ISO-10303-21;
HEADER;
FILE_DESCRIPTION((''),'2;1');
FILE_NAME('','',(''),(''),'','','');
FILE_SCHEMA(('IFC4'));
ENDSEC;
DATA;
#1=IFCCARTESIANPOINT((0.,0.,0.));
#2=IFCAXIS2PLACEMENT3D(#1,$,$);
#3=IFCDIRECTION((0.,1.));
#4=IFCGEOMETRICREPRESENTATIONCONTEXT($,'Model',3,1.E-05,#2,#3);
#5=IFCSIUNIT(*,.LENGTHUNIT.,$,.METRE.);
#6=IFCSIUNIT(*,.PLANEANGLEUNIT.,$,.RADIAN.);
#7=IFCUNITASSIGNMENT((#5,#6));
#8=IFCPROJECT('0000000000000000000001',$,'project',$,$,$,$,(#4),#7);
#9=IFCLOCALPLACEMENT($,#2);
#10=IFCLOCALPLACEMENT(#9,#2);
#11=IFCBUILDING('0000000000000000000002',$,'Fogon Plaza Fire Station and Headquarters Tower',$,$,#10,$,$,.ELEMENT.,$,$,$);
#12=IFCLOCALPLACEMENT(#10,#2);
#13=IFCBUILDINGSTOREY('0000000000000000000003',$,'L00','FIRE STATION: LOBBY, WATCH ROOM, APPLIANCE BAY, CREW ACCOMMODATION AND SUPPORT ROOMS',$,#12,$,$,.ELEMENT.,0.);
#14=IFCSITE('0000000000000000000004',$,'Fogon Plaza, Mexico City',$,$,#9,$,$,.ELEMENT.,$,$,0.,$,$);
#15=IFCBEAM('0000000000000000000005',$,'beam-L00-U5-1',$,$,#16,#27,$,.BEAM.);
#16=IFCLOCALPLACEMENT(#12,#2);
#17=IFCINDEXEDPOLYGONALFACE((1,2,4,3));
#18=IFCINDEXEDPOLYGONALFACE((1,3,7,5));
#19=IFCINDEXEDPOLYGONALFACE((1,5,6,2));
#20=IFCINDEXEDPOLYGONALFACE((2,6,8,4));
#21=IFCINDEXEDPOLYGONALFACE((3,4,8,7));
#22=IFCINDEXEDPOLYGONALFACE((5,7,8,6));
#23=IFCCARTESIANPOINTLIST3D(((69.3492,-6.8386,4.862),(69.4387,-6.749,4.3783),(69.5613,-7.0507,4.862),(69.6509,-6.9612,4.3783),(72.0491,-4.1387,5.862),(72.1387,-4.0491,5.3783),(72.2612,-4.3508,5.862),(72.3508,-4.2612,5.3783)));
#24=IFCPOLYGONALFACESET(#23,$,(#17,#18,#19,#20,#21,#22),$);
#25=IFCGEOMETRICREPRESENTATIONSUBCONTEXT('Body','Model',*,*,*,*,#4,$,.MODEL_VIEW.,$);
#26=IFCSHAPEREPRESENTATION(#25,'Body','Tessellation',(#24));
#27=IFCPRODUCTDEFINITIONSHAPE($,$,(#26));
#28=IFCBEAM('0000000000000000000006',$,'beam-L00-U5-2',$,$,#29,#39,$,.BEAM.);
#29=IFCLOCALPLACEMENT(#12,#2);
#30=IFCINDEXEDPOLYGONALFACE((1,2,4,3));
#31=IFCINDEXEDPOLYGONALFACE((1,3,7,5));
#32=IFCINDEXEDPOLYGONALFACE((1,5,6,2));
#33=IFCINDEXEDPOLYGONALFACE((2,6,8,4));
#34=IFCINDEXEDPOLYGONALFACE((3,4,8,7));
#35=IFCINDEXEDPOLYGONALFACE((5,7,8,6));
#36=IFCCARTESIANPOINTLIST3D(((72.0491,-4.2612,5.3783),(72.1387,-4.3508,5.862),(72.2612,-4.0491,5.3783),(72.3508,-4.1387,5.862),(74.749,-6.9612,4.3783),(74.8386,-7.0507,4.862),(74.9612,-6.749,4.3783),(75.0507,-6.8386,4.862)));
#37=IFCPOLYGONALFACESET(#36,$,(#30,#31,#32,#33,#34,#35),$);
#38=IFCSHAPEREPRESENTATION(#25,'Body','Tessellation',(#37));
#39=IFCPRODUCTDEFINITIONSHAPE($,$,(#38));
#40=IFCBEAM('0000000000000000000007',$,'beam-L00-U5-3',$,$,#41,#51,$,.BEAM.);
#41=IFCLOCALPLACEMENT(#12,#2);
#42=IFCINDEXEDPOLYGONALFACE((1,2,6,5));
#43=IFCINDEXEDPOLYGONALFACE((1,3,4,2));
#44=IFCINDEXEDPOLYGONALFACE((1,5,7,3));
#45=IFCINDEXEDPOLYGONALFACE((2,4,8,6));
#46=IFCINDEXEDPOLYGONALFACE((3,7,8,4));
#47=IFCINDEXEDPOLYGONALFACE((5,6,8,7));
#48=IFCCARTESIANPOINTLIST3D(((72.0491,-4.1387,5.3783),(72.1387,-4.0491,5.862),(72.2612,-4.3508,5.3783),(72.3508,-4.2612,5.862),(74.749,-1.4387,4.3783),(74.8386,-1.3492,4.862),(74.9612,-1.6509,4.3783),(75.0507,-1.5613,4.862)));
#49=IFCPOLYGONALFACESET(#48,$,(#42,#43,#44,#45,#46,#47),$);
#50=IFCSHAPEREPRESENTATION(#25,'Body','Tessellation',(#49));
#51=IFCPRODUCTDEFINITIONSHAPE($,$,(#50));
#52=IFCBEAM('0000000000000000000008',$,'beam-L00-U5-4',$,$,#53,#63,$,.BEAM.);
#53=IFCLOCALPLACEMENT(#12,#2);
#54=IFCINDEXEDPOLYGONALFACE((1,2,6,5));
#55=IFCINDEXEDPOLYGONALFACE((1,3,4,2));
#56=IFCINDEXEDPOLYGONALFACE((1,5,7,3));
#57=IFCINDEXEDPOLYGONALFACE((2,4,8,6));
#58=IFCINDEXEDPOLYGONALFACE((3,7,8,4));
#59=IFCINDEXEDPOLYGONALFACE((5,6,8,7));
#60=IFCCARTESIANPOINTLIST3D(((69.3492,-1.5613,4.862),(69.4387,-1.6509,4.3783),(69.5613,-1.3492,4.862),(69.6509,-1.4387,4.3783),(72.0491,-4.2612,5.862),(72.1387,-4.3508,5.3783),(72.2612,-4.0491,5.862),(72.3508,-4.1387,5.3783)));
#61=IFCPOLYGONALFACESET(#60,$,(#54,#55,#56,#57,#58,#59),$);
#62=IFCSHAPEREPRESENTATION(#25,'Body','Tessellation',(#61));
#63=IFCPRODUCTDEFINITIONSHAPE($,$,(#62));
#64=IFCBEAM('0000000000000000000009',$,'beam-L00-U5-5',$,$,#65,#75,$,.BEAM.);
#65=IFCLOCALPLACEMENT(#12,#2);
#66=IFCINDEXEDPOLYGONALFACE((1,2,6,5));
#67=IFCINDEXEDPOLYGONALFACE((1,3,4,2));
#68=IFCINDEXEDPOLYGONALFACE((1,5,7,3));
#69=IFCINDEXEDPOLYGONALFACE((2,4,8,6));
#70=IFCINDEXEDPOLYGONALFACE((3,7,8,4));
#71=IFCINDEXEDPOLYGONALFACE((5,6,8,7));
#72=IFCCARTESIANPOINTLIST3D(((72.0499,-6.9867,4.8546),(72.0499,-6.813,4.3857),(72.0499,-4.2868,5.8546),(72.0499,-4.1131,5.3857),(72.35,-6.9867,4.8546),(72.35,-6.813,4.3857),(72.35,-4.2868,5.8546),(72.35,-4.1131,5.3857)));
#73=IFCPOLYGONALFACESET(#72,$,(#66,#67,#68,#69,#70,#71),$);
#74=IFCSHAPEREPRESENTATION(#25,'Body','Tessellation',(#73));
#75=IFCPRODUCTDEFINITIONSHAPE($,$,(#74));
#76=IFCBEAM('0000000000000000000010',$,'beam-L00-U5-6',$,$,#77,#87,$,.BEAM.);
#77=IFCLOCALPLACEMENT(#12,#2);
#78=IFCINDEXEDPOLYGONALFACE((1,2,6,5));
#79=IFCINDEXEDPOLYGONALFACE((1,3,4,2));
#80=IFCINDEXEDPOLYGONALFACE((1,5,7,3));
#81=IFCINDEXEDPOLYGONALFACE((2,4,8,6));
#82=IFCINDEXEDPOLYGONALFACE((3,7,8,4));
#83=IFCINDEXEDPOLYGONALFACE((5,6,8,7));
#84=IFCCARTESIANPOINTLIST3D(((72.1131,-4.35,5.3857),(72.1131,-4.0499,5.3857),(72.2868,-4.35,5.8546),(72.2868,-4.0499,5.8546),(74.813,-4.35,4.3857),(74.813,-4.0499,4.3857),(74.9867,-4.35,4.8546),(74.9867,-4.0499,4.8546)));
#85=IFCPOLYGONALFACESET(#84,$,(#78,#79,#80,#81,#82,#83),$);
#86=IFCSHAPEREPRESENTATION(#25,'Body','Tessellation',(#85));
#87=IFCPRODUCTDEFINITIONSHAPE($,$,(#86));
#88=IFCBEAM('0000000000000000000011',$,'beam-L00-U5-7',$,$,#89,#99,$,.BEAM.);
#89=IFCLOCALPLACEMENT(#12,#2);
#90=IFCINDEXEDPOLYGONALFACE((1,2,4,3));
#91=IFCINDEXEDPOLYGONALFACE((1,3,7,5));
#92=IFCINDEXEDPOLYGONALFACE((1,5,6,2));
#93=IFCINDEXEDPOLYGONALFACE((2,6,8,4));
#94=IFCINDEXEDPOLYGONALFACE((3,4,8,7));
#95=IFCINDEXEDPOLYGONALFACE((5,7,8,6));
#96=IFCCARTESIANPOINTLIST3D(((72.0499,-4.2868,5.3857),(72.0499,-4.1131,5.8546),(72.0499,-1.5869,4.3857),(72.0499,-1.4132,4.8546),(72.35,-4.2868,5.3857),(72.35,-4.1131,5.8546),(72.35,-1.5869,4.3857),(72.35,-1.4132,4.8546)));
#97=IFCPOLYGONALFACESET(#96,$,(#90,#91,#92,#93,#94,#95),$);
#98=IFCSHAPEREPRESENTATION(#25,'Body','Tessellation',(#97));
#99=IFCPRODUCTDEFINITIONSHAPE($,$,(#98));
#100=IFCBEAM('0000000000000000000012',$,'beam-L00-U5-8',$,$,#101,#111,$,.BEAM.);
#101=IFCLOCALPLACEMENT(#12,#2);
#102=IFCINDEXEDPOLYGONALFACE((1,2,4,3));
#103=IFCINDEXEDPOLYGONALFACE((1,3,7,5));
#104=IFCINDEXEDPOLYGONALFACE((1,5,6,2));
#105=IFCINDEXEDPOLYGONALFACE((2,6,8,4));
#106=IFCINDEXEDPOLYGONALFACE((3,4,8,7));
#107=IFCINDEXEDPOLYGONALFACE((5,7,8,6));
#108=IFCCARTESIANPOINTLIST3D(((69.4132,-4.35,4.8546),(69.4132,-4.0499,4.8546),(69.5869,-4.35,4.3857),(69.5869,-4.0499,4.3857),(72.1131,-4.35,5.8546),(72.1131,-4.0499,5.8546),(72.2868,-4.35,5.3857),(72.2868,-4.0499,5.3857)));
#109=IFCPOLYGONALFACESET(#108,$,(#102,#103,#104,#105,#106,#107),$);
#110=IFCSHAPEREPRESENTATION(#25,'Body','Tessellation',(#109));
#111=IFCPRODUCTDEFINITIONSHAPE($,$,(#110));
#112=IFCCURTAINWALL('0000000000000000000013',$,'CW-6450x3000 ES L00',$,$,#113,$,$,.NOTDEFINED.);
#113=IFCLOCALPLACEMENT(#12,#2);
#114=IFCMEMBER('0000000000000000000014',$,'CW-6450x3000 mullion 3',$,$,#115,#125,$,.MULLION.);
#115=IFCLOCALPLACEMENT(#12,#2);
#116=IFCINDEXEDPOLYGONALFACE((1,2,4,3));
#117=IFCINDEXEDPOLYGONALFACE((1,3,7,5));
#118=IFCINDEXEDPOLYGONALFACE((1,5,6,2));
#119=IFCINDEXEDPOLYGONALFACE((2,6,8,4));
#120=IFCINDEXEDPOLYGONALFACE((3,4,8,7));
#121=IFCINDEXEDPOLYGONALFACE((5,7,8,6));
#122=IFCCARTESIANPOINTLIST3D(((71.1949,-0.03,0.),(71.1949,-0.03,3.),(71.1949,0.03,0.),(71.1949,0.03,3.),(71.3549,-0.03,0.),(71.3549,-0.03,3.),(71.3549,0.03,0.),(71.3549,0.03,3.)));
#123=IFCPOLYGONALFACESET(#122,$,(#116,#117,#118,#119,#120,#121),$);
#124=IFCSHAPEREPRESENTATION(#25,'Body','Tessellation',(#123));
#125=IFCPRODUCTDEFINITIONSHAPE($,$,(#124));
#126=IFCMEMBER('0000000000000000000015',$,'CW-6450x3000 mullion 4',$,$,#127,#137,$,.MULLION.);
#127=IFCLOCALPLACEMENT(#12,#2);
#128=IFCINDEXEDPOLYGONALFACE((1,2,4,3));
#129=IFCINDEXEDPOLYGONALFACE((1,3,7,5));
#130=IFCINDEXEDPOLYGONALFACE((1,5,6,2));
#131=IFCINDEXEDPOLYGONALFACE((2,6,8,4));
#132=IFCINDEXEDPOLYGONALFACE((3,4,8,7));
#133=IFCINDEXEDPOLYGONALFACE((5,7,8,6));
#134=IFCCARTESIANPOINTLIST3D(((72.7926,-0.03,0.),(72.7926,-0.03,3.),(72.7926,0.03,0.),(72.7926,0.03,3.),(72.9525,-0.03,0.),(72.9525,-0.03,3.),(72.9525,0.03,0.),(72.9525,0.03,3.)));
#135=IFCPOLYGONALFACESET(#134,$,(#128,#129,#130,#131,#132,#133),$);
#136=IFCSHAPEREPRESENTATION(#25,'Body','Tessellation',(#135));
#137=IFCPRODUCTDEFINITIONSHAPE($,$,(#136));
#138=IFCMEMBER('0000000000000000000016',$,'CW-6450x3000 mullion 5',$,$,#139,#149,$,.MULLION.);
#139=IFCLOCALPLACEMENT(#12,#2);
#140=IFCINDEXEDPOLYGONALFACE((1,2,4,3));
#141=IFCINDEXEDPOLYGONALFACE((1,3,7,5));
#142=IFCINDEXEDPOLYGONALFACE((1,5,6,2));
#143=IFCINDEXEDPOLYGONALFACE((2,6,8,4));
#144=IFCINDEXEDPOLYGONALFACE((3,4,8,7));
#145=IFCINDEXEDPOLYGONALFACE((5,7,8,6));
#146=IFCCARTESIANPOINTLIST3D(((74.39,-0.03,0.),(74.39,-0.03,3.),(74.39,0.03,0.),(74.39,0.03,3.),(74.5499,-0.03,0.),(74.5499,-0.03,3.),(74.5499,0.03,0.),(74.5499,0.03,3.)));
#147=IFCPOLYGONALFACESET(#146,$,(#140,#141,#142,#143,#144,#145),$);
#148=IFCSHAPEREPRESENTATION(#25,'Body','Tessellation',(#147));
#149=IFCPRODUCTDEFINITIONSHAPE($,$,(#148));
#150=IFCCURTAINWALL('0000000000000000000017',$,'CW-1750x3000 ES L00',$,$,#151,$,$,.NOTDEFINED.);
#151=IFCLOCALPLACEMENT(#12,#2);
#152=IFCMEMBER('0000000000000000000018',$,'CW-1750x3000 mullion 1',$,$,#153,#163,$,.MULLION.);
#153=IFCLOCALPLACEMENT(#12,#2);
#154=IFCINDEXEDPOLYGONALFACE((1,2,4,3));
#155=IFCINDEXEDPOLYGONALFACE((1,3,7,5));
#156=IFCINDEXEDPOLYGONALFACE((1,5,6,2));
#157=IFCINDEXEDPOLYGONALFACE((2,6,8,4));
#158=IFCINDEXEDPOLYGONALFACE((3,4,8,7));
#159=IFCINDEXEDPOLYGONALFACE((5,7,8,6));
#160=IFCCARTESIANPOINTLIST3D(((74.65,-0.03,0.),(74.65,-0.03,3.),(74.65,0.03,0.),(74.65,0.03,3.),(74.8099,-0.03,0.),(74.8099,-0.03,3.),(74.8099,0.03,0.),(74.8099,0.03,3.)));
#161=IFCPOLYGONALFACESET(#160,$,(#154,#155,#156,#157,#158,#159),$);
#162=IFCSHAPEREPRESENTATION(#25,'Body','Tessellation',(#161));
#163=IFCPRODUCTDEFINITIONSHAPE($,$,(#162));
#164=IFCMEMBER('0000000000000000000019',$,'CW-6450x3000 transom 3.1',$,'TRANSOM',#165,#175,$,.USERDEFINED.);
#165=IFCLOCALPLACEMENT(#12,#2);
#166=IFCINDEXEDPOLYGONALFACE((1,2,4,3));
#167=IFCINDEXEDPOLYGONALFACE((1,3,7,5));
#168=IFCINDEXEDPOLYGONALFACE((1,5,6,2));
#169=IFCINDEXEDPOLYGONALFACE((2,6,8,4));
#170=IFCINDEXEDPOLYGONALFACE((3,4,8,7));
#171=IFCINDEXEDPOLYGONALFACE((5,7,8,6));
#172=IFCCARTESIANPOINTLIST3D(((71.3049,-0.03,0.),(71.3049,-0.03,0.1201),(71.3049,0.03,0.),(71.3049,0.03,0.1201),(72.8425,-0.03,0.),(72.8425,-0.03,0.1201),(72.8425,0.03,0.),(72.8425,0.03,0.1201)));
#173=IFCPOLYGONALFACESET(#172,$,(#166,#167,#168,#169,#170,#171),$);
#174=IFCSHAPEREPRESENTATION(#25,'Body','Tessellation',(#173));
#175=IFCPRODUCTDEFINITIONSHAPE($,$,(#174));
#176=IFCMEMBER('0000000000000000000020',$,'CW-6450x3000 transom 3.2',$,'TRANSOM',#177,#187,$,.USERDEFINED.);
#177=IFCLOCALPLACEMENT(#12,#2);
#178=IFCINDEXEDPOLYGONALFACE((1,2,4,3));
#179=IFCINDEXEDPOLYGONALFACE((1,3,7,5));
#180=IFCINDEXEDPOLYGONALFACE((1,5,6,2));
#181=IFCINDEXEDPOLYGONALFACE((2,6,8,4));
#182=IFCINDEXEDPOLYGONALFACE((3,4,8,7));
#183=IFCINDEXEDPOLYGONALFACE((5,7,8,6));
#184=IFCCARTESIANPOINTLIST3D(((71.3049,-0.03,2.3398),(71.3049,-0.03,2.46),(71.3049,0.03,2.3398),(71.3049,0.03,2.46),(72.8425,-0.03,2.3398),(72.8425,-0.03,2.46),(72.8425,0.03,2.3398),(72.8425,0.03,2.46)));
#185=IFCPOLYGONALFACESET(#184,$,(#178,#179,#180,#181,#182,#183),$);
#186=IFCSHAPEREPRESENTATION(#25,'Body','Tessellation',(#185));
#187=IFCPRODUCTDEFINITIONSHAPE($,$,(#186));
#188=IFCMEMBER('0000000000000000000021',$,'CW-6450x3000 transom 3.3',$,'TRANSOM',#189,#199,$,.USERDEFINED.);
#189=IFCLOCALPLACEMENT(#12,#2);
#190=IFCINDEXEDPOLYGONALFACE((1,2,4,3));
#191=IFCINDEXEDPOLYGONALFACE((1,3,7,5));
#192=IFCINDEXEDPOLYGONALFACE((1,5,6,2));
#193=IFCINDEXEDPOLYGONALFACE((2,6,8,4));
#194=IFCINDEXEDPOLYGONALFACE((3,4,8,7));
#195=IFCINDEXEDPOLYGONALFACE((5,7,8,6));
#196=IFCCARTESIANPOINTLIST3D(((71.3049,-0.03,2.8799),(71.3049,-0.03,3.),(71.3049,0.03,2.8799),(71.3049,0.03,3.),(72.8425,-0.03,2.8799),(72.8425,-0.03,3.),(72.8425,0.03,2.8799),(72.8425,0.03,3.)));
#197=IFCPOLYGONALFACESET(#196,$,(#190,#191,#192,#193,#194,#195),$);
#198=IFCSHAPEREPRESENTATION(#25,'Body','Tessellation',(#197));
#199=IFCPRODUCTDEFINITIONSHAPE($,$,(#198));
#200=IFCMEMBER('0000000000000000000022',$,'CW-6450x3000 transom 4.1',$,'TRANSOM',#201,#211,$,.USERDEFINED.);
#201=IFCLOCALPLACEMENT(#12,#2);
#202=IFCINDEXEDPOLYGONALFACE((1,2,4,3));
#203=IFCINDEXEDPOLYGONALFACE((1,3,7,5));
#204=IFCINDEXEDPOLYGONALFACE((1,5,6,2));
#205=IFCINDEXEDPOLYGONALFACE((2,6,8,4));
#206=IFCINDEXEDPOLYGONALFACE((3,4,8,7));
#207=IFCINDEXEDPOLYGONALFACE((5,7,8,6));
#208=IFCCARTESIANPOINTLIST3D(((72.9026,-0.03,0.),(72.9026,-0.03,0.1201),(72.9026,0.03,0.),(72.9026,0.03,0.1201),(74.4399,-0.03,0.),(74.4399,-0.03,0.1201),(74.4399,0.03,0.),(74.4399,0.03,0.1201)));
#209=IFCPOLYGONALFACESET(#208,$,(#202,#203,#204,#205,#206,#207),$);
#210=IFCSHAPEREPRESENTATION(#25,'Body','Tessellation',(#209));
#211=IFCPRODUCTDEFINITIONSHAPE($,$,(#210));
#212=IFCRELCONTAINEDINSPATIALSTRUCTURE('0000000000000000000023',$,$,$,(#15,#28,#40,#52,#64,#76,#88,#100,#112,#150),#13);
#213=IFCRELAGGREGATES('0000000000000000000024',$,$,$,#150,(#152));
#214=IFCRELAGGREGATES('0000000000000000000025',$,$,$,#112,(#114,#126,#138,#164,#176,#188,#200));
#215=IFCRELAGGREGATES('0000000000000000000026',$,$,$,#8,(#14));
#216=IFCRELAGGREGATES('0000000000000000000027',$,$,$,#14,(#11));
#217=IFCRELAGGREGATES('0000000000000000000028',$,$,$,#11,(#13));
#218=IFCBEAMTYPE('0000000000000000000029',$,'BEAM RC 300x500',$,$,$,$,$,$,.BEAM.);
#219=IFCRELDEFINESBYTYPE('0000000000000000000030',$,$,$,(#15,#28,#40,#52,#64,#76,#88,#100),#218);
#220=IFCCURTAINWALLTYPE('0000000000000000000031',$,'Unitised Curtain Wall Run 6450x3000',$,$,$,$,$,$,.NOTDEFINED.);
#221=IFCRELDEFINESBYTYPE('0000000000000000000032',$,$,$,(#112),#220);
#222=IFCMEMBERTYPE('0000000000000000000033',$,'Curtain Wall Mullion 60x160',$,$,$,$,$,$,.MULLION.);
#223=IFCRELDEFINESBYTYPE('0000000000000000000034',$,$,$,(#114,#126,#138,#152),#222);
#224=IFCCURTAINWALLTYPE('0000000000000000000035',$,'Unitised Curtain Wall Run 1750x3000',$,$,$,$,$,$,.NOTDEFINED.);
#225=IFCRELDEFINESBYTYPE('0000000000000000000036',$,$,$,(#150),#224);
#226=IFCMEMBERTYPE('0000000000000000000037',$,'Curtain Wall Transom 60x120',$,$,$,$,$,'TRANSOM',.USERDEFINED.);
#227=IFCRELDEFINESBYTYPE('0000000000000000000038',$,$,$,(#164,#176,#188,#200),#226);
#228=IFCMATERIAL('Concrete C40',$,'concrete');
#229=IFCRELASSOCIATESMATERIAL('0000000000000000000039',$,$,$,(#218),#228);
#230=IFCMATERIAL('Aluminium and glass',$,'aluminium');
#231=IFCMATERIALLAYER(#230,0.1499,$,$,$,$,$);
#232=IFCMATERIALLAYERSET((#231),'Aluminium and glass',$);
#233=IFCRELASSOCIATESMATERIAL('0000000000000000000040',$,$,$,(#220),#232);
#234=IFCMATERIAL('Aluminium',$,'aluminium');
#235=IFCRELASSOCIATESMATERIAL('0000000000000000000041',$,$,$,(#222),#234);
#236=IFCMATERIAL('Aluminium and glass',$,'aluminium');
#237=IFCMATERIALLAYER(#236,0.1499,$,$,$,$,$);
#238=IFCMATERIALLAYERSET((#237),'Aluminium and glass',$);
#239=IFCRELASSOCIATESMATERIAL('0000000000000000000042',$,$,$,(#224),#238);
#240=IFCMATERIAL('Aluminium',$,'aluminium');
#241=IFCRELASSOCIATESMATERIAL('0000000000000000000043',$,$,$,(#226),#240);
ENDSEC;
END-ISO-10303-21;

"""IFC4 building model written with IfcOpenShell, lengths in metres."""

from ifc_helpers import new_model, si_unit, direction, frame, origin, origin_2d, place, context, subcontext, project, spatial, rectangle, extrude, material, layer, layer_set, material_profile, profile_set, type_object, element, aggregate, save


model = new_model("IFC4")

# Units and contexts
model_context = context("Model", 3, precision=1e-05, world=origin(), true_north=direction((0.0, 1.0)))
body_context = subcontext(model_context, "Body", "Model", "MODEL_VIEW")
ifc_project = project(units=[si_unit("LENGTHUNIT", "METRE"), si_unit("PLANEANGLEUNIT", "RADIAN")], contexts=[model_context])

# Site, building, storey
site_placement = place(None, origin())
site = spatial("IfcSite", under=ifc_project, at=site_placement, Name="Fogon Plaza, Mexico City", CompositionType="ELEMENT", RefElevation=0.0)
building_placement = place(site_placement, origin())
building = spatial("IfcBuilding", under=site, at=building_placement, Name="Fogon Plaza Fire Station and Headquarters Tower", CompositionType="ELEMENT")
storey_placement = place(building_placement, origin())
storey = spatial("IfcBuildingStorey", under=building, at=storey_placement, Name="L00", Description="FIRE STATION: LOBBY, WATCH ROOM, APPLIANCE BAY, CREW ACCOMMODATION AND SUPPORT ROOMS", CompositionType="ELEMENT", Elevation=0.0)

# Beams
ifc_material_1 = material(Name="Concrete C40", Category="concrete")
ifc_material_profile_1 = material_profile(ifc_material_1, rectangle(XDim=0.3, YDim=0.5, at=origin_2d()), Name="RC 300x500")
ifc_profile_set_1 = profile_set([ifc_material_profile_1], Name="Concrete C40")
beam_type_1 = type_object("IfcBeamType", Name="BEAM RC 300x500", PredefinedType="BEAM", material=ifc_profile_set_1)
for number, where, z_axis, x_axis, name in (
    (1, (72.2, -4.2, 5.6201), (-0.684037, -0.684037, -0.253352), (0.707107, -0.707107, 0.0), "beam-L00-U5-1"),
    (2, (72.2, -4.2, 5.6201), (0.684037, -0.684037, -0.253352), (0.707107, 0.707107, 0.0), "beam-L00-U5-2"),
    (3, (72.2, -4.2, 5.6201), (0.684037, 0.684037, -0.253352), (-0.707107, 0.707107, 0.0), "beam-L00-U5-3"),
    (4, (72.2, -4.2, 5.6201), (-0.684037, 0.684037, -0.253352), (-0.707107, -0.707107, 0.0), "beam-L00-U5-4"),
):
    element("IfcBeam", number, at=place(storey_placement, frame(where, z_axis=z_axis, x_axis=x_axis)), inside=storey, type_object=beam_type_1, Name=name, PredefinedType="BEAM", context=body_context, shape_type="SweptSolid", body=[
        extrude(rectangle(XDim=0.3, YDim=0.5, at=origin_2d()), origin(), (0.0, 0.0, 1.0), 3.947),
    ])
for number, where, z_axis, x_axis, name in (
    (5, (72.2, -4.2, 5.6201), (0.0, -0.937747, -0.34732), (1.0, 0.0, 0.0), "beam-L00-U5-5"),
    (6, (72.2, -4.2, 5.6201), (0.937747, 0.0, -0.34732), (0.0, 1.0, 0.0), "beam-L00-U5-6"),
    (7, (72.2, -4.2, 5.6201), (0.0, 0.937747, -0.34732), (-1.0, 0.0, 0.0), "beam-L00-U5-7"),
    (8, (72.2, -4.2, 5.6201), (-0.937747, 0.0, -0.34732), (0.0, -1.0, 0.0), "beam-L00-U5-8"),
):
    element("IfcBeam", number, at=place(storey_placement, frame(where, z_axis=z_axis, x_axis=x_axis)), inside=storey, type_object=beam_type_1, Name=name, PredefinedType="BEAM", context=body_context, shape_type="SweptSolid", body=[
        extrude(rectangle(XDim=0.3, YDim=0.5, at=origin_2d()), origin(), (0.0, 0.0, 1.0), 2.8792),
    ])

# Curtain wall, members
ifc_material_2 = material(Name="Aluminium and glass", Category="aluminium")
ifc_layer_1 = layer(ifc_material_2, 0.1499)
ifc_layer_set_1 = layer_set([ifc_layer_1], Name="Aluminium and glass")
curtain_wall_type_1 = type_object("IfcCurtainWallType", Name="Unitised Curtain Wall Run 6450x3000", PredefinedType="NOTDEFINED", material=ifc_layer_set_1)
curtain_wall_1_placement = place(storey_placement, origin())
curtain_wall_1 = element("IfcCurtainWall", 9, at=curtain_wall_1_placement, inside=storey, type_object=curtain_wall_type_1, Name="CW-6450x3000 ES L00", PredefinedType="NOTDEFINED")
ifc_material_3 = material(Name="Aluminium", Category="aluminium")
ifc_material_profile_2 = material_profile(ifc_material_3, rectangle(XDim=0.0601, YDim=0.1599, at=origin_2d()), Name="Curtain Wall Mullion 60x160")
ifc_profile_set_2 = profile_set([ifc_material_profile_2], Name="Aluminium")
member_type_1 = type_object("IfcMemberType", Name="Curtain Wall Mullion 60x160", PredefinedType="MULLION", material=ifc_profile_set_2)
member_1_placement = place(storey_placement, frame((71.2749, 0.0, 0.0), z_axis=(0.0, 0.0, 1.0), x_axis=(0.0, 1.0, 0.0)))
member_1 = element("IfcMember", 10, at=member_1_placement, type_object=member_type_1, Name="CW-6450x3000 mullion 3", PredefinedType="MULLION", context=body_context, shape_type="SweptSolid", body=[
    extrude(rectangle(XDim=0.0601, YDim=0.1599, at=origin_2d()), origin(), (0.0, 0.0, 1.0), 3.0),
])
member_2_placement = place(storey_placement, frame((72.8726, 0.0, 0.0), z_axis=(0.0, 0.0, 1.0), x_axis=(0.0, 1.0, 0.0)))
member_2 = element("IfcMember", 11, at=member_2_placement, type_object=member_type_1, Name="CW-6450x3000 mullion 4", PredefinedType="MULLION", context=body_context, shape_type="SweptSolid", body=[
    extrude(rectangle(XDim=0.0601, YDim=0.1599, at=origin_2d()), origin(), (0.0, 0.0, 1.0), 3.0),
])
member_3_placement = place(storey_placement, frame((74.47, 0.0, 0.0), z_axis=(0.0, 0.0, 1.0), x_axis=(0.0, 1.0, 0.0)))
member_3 = element("IfcMember", 12, at=member_3_placement, type_object=member_type_1, Name="CW-6450x3000 mullion 5", PredefinedType="MULLION", context=body_context, shape_type="SweptSolid", body=[
    extrude(rectangle(XDim=0.0601, YDim=0.1599, at=origin_2d()), origin(), (0.0, 0.0, 1.0), 3.0),
])

# Curtain wall, member
ifc_material_4 = material(Name="Aluminium and glass", Category="aluminium")
ifc_layer_2 = layer(ifc_material_4, 0.1499)
ifc_layer_set_2 = layer_set([ifc_layer_2], Name="Aluminium and glass")
curtain_wall_type_2 = type_object("IfcCurtainWallType", Name="Unitised Curtain Wall Run 1750x3000", PredefinedType="NOTDEFINED", material=ifc_layer_set_2)
curtain_wall_2_placement = place(storey_placement, origin())
curtain_wall_2 = element("IfcCurtainWall", 13, at=curtain_wall_2_placement, inside=storey, type_object=curtain_wall_type_2, Name="CW-1750x3000 ES L00", PredefinedType="NOTDEFINED")
member_4_placement = place(storey_placement, frame((74.73, 0.0, 0.0), z_axis=(0.0, 0.0, 1.0), x_axis=(0.0, 1.0, 0.0)))
member_4 = element("IfcMember", 14, at=member_4_placement, type_object=member_type_1, Name="CW-1750x3000 mullion 1", PredefinedType="MULLION", context=body_context, shape_type="SweptSolid", body=[
    extrude(rectangle(XDim=0.0601, YDim=0.1599, at=origin_2d()), origin(), (0.0, 0.0, 1.0), 3.0),
])

# Members
ifc_material_5 = material(Name="Aluminium", Category="aluminium")
ifc_material_profile_3 = material_profile(ifc_material_5, rectangle(XDim=0.0601, YDim=0.1201, at=origin_2d()), Name="Curtain Wall Transom 60x120")
ifc_profile_set_3 = profile_set([ifc_material_profile_3], Name="Aluminium")
member_type_2 = type_object("IfcMemberType", Name="Curtain Wall Transom 60x120", ElementType="TRANSOM", PredefinedType="USERDEFINED", material=ifc_profile_set_3)
member_5_placement = place(storey_placement, frame((71.3049, 0.0, 0.0601), z_axis=(1.0, 0.0, 0.0), x_axis=(0.0, 1.0, 0.0)))
member_5 = element("IfcMember", 15, at=member_5_placement, type_object=member_type_2, Name="CW-6450x3000 transom 3.1", ObjectType="TRANSOM", PredefinedType="USERDEFINED", context=body_context, shape_type="SweptSolid", body=[
    extrude(rectangle(XDim=0.0601, YDim=0.1201, at=origin_2d()), origin(), (0.0, 0.0, 1.0), 1.5376),
])
member_6_placement = place(storey_placement, frame((71.3049, 0.0, 2.3999), z_axis=(1.0, 0.0, 0.0), x_axis=(0.0, 1.0, 0.0)))
member_6 = element("IfcMember", 16, at=member_6_placement, type_object=member_type_2, Name="CW-6450x3000 transom 3.2", ObjectType="TRANSOM", PredefinedType="USERDEFINED", context=body_context, shape_type="SweptSolid", body=[
    extrude(rectangle(XDim=0.0601, YDim=0.1201, at=origin_2d()), origin(), (0.0, 0.0, 1.0), 1.5376),
])
member_7_placement = place(storey_placement, frame((71.3049, 0.0, 2.9399), z_axis=(1.0, 0.0, 0.0), x_axis=(0.0, 1.0, 0.0)))
member_7 = element("IfcMember", 17, at=member_7_placement, type_object=member_type_2, Name="CW-6450x3000 transom 3.3", ObjectType="TRANSOM", PredefinedType="USERDEFINED", context=body_context, shape_type="SweptSolid", body=[
    extrude(rectangle(XDim=0.0601, YDim=0.1201, at=origin_2d()), origin(), (0.0, 0.0, 1.0), 1.5376),
])
member_8_placement = place(storey_placement, frame((72.9026, 0.0, 0.0601), z_axis=(1.0, 0.0, 0.0), x_axis=(0.0, 1.0, 0.0)))
member_8 = element("IfcMember", 18, at=member_8_placement, type_object=member_type_2, Name="CW-6450x3000 transom 4.1", ObjectType="TRANSOM", PredefinedType="USERDEFINED", context=body_context, shape_type="SweptSolid", body=[
    extrude(rectangle(XDim=0.0601, YDim=0.1201, at=origin_2d()), origin(), (0.0, 0.0, 1.0), 1.5374),
])
aggregate(curtain_wall_2, [member_4])

aggregate(curtain_wall_1, [member_1, member_2, member_3, member_5, member_6, member_7, member_8])

save(model, "model.ifc")
